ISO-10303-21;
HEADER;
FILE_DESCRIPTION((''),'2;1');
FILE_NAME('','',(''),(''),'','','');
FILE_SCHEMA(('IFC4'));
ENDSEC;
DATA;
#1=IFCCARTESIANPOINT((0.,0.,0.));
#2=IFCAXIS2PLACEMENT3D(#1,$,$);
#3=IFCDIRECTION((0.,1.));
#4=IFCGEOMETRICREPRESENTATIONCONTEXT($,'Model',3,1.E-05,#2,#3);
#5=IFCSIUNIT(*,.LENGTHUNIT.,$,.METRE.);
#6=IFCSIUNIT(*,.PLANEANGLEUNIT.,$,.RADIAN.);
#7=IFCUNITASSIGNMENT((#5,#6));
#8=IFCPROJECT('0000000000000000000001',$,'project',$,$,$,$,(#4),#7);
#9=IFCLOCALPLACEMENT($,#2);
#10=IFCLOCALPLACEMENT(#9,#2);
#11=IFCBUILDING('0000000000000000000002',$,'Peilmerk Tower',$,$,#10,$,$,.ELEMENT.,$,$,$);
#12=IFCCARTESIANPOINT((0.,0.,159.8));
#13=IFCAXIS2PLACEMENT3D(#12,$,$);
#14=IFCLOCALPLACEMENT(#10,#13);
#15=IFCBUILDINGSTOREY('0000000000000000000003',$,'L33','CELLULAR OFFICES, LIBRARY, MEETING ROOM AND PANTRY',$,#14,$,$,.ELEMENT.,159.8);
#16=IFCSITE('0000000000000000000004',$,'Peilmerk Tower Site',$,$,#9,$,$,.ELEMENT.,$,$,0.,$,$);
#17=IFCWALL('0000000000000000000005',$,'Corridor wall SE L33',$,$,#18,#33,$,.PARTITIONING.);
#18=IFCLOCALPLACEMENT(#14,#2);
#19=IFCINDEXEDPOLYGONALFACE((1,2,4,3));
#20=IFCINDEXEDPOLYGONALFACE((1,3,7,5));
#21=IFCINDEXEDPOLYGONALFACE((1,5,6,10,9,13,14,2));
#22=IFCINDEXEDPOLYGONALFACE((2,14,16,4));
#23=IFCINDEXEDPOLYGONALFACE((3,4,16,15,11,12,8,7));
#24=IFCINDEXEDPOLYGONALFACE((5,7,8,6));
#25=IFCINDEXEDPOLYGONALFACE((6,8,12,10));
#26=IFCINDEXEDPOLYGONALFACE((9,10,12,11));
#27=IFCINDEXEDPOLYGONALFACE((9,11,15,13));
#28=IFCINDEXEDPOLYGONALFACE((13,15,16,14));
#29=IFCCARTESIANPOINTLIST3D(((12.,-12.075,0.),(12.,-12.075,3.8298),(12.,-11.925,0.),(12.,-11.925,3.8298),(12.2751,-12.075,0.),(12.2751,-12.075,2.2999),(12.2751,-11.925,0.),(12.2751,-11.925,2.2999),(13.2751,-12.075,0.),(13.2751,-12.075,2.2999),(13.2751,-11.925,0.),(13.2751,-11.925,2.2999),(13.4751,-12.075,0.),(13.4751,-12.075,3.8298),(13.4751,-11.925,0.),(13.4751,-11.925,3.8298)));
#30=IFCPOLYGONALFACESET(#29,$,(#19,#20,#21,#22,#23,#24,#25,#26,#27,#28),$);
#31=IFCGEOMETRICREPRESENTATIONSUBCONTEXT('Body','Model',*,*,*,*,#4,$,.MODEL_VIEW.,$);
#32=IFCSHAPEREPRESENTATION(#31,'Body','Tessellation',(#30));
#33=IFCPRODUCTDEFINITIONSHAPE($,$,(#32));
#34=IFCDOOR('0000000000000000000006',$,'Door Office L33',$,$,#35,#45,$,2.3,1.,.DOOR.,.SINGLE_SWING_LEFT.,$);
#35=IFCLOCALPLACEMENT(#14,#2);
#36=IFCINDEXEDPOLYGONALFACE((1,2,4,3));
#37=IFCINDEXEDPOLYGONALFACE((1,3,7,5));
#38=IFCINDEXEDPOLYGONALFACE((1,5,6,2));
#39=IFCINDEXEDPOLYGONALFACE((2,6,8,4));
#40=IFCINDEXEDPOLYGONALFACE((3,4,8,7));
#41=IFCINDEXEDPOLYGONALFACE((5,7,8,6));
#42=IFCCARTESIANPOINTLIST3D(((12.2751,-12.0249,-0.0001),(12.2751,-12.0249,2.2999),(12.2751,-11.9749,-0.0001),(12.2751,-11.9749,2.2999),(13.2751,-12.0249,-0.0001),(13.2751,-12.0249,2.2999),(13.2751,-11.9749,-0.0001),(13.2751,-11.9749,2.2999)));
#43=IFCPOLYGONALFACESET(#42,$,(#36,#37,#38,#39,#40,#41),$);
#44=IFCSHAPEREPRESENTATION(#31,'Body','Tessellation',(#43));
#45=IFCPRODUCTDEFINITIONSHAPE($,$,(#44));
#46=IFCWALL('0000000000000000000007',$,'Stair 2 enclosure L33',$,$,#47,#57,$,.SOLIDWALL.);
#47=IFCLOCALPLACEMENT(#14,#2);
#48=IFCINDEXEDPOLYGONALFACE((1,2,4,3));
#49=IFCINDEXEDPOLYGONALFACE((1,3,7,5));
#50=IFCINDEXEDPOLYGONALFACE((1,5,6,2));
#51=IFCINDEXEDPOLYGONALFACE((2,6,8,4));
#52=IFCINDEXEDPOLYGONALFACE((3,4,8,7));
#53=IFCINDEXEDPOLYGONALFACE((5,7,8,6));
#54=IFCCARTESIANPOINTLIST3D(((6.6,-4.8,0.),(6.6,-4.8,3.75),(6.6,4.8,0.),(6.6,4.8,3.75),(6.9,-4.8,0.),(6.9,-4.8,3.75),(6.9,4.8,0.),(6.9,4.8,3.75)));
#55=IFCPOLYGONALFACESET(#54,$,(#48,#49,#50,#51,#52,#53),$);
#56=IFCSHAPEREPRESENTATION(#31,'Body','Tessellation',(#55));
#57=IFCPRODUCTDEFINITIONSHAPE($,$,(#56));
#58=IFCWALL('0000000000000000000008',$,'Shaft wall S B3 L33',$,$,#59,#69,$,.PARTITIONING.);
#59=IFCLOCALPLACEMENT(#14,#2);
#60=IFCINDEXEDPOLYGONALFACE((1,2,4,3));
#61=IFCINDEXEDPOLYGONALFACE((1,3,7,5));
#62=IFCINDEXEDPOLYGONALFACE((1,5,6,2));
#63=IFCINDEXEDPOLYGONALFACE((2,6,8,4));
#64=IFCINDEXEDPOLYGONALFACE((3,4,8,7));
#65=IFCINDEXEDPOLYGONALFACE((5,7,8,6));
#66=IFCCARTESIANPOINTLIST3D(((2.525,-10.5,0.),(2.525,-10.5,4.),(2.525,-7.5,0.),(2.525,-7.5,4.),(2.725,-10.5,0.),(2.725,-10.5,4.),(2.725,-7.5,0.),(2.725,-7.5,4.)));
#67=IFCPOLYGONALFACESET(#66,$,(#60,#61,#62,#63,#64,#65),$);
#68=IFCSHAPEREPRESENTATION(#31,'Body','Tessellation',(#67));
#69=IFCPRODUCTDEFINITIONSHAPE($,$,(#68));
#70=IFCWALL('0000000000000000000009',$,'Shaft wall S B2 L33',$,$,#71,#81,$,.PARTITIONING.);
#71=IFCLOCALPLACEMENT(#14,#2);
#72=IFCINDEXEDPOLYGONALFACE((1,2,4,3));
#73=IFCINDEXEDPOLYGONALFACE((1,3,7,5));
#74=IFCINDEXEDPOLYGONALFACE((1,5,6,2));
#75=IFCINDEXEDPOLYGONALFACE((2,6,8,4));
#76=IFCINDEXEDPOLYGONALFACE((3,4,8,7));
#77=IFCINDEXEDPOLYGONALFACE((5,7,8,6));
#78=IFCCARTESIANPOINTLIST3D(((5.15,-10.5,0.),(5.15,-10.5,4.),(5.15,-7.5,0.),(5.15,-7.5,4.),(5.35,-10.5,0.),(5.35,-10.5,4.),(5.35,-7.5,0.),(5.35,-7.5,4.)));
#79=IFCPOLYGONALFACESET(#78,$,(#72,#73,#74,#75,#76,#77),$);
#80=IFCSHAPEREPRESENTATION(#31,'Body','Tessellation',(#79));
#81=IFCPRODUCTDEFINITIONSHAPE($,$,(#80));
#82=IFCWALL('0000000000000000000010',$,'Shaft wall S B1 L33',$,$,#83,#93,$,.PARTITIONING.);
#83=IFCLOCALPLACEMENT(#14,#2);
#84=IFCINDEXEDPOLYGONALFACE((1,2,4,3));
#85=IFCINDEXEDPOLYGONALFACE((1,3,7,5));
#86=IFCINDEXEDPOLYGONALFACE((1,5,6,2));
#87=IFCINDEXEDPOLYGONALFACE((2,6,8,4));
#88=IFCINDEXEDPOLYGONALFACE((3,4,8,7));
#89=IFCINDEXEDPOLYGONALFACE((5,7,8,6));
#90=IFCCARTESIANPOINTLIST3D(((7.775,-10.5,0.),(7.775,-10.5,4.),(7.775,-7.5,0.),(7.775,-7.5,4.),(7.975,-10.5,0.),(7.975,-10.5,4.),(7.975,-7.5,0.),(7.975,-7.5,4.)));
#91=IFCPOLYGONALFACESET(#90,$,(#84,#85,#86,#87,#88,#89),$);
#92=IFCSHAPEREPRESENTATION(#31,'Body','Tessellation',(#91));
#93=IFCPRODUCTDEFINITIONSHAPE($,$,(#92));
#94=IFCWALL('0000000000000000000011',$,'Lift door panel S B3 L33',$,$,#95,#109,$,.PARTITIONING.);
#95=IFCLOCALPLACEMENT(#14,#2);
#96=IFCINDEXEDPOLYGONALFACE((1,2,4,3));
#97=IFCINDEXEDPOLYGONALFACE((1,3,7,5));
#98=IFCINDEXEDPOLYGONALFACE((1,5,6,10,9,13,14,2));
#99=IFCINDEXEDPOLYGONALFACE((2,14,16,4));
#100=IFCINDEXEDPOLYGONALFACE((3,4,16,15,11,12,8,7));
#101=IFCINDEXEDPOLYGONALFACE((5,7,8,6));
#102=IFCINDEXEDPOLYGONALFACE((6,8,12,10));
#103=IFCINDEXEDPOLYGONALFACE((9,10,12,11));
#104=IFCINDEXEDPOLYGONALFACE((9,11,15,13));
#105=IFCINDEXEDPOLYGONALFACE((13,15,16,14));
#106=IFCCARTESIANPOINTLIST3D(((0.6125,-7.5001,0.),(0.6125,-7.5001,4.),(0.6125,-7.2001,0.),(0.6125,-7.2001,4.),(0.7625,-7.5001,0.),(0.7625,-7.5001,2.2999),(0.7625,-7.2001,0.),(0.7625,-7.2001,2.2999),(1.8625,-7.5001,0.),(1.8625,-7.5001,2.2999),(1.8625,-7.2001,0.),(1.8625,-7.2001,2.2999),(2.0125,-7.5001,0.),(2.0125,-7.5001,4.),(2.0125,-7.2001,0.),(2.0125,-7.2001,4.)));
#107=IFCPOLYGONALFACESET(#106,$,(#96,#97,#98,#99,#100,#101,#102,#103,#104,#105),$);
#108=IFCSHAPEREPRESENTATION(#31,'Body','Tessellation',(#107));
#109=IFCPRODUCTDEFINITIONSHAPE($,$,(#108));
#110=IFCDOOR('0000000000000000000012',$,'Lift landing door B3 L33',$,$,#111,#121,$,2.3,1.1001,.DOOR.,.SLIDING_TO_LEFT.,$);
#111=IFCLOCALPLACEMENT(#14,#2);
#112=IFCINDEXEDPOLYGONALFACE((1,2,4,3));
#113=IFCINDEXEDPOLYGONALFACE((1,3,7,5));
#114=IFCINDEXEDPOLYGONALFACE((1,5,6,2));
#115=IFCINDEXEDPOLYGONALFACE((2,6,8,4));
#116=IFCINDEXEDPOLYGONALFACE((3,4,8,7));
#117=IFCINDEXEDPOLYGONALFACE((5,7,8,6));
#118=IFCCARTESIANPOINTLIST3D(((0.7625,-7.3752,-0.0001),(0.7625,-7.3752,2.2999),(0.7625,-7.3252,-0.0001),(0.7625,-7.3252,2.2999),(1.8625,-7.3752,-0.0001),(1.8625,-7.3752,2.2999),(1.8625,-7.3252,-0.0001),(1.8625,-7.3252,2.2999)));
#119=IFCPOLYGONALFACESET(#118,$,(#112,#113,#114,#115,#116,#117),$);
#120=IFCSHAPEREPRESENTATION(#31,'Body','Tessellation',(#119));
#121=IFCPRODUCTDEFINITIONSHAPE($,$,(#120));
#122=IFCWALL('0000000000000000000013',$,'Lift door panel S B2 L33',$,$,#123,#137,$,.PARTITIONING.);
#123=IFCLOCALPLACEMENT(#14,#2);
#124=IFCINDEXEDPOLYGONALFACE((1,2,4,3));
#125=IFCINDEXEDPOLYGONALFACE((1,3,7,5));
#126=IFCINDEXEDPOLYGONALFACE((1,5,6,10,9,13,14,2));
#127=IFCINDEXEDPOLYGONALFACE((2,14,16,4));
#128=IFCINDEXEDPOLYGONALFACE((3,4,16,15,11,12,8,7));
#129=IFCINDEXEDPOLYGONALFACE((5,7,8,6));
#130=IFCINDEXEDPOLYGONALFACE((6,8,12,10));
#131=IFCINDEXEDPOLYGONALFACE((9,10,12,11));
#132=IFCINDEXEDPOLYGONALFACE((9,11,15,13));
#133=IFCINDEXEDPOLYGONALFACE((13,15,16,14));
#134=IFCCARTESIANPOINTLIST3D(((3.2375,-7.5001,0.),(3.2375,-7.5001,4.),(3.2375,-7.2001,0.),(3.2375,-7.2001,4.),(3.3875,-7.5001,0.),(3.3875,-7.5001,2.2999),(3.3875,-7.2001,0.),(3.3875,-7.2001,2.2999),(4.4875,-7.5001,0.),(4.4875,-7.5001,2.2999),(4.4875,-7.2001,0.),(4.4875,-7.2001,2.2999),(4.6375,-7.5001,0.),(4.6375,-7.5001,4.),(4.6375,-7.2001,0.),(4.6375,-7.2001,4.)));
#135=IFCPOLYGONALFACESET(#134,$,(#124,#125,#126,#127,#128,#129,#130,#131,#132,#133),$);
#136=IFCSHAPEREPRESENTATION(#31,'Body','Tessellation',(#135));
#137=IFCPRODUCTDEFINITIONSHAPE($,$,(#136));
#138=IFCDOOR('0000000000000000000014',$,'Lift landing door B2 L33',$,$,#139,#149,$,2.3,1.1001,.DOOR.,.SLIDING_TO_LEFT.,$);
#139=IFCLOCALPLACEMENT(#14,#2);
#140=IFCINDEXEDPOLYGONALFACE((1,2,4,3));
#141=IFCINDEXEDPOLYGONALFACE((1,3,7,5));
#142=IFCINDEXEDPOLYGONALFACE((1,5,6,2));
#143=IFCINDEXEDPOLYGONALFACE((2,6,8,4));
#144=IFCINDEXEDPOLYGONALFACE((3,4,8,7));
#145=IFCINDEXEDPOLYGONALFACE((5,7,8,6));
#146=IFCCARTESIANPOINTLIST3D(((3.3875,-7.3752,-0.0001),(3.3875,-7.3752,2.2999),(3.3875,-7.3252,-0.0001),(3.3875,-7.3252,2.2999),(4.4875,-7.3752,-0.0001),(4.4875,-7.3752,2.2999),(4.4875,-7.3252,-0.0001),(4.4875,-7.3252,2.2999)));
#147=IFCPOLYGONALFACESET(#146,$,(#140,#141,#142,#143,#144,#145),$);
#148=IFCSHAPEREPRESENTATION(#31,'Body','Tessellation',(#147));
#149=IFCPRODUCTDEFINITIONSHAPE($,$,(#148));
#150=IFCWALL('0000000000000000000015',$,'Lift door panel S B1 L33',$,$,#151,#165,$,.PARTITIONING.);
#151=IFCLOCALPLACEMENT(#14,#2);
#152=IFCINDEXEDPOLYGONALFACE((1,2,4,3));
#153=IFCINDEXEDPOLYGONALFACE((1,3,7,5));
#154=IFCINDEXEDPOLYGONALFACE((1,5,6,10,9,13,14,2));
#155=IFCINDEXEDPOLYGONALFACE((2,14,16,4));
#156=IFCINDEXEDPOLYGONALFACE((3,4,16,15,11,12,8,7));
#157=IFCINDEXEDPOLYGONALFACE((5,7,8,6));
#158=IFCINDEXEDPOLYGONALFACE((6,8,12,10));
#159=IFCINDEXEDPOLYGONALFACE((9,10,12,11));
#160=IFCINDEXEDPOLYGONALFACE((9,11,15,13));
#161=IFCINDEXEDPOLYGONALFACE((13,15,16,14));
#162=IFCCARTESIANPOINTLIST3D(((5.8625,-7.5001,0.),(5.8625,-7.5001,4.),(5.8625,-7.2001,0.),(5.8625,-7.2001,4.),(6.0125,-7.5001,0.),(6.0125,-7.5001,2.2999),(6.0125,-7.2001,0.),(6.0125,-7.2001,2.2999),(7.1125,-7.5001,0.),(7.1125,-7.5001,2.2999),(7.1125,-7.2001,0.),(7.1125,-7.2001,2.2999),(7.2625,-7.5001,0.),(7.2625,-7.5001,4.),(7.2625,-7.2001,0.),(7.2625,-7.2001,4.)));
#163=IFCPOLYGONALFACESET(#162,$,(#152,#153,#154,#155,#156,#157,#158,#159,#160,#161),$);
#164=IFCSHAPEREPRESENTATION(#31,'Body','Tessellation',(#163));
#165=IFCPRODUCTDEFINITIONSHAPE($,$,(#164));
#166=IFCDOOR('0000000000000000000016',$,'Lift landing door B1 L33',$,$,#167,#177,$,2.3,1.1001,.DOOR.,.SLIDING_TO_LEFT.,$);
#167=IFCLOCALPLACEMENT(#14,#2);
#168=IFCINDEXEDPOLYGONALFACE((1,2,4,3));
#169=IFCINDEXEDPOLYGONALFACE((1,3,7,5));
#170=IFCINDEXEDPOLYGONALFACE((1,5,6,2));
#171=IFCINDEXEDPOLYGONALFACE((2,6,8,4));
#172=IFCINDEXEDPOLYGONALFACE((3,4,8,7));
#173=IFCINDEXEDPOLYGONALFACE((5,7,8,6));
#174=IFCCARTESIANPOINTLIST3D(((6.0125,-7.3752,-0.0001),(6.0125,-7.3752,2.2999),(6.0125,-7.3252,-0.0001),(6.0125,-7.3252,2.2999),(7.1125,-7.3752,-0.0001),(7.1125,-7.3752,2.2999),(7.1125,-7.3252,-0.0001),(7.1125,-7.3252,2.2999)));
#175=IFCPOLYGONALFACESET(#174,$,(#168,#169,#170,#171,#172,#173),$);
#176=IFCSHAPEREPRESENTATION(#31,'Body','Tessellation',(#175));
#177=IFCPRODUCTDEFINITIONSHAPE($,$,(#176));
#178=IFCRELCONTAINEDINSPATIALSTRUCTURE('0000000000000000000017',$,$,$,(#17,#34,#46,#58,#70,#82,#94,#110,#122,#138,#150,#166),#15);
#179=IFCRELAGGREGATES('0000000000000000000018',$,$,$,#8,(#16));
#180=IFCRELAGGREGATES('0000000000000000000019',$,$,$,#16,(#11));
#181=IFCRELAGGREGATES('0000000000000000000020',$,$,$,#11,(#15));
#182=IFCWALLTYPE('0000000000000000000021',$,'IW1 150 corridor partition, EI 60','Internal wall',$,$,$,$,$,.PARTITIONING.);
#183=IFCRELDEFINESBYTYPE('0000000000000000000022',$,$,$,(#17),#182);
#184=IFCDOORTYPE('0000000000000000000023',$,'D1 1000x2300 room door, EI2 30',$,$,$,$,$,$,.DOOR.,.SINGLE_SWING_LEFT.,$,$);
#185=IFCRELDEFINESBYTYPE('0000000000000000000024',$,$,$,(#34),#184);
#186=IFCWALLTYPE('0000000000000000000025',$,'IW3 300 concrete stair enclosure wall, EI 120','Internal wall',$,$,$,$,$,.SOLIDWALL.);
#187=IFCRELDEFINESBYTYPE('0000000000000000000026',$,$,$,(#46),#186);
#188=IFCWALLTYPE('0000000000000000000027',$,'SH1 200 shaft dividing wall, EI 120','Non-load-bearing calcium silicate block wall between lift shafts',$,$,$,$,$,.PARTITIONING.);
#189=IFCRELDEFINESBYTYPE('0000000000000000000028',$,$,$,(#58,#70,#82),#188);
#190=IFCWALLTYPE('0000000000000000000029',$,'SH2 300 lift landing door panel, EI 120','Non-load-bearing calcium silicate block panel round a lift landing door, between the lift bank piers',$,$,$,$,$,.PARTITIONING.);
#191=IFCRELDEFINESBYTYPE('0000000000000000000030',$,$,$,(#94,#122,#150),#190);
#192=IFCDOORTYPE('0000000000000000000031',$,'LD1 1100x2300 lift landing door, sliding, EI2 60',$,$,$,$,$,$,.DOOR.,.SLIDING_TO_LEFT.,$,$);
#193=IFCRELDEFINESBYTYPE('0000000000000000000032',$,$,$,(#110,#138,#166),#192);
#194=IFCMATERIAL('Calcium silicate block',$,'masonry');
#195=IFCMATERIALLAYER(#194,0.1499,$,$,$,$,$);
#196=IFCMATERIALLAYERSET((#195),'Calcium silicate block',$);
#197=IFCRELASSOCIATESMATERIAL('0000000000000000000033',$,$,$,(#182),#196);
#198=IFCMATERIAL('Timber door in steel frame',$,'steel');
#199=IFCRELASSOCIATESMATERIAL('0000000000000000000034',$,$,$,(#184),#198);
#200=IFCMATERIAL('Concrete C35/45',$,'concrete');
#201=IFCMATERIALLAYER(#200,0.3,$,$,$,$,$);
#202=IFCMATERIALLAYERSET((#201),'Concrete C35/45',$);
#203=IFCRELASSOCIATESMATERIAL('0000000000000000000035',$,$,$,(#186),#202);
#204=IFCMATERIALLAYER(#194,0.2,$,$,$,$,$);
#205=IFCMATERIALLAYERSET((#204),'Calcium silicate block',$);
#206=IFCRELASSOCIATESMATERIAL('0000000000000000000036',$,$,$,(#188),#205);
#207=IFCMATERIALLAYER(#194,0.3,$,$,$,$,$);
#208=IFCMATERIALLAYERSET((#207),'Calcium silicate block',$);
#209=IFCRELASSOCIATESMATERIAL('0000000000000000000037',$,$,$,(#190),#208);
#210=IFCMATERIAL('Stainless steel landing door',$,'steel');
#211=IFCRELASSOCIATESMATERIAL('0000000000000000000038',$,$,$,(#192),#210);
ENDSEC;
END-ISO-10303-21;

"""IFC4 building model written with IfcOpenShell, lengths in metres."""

from ifc_helpers import new_model, si_unit, direction, frame, frame_2d, origin, place, context, subcontext, project, spatial, rectangle, extrude, material, layer, layer_set, type_object, element, fill, save


model = new_model("IFC4")

# Units and contexts
model_context = context("Model", 3, precision=1e-05, world=origin(), true_north=direction((0.0, 1.0)))
body_context = subcontext(model_context, "Body", "Model", "MODEL_VIEW")
ifc_project = project(units=[si_unit("LENGTHUNIT", "METRE"), si_unit("PLANEANGLEUNIT", "RADIAN")], contexts=[model_context])

# Site, building, storey
site_placement = place(None, origin())
site = spatial("IfcSite", under=ifc_project, at=site_placement, Name="Peilmerk Tower Site", CompositionType="ELEMENT", RefElevation=0.0)
building_placement = place(site_placement, origin())
building = spatial("IfcBuilding", under=site, at=building_placement, Name="Peilmerk Tower", CompositionType="ELEMENT")
storey_placement = place(building_placement, frame((0.0, 0.0, 159.8)))
storey = spatial("IfcBuildingStorey", under=building, at=storey_placement, Name="L33", Description="CELLULAR OFFICES, LIBRARY, MEETING ROOM AND PANTRY", CompositionType="ELEMENT", Elevation=159.8)

# Wall, opening, door
ifc_material_1 = material(Name="Calcium silicate block", Category="masonry")
ifc_layer_1 = layer(ifc_material_1, 0.1499)
ifc_layer_set_1 = layer_set([ifc_layer_1], Name="Calcium silicate block")
wall_type_1 = type_object("IfcWallType", Name="IW1 150 corridor partition, EI 60", Description="Internal wall", PredefinedType="PARTITIONING", material=ifc_layer_set_1)
wall_1_placement = place(storey_placement, frame((13.4751, -12.0, 0.0), z_axis=(0.0, 0.0, 1.0), x_axis=(-1.0, 0.0, 0.0)))
wall_1 = element("IfcWall", 1, at=wall_1_placement, inside=storey, type_object=wall_type_1, Name="Corridor wall SE L33", PredefinedType="PARTITIONING", context=body_context, shape_type="SweptSolid", body=[
    extrude(rectangle(XDim=1.4751, YDim=0.1499, at=frame_2d((0.7375, 0.0))), origin(), (0.0, 0.0, 1.0), 3.8298),
])
opening_1_placement = place(wall_1_placement, frame((0.2, 0.0, 0.0)))
opening_1 = element("IfcOpeningElement", 2, at=opening_1_placement, cuts=wall_1, PredefinedType="OPENING", context=body_context, shape_type="SweptSolid", body=[
    extrude(rectangle(XDim=1.0, YDim=2.3, at=frame_2d((0.5, 1.1499))), frame((0.0, 0.085, 0.0), z_axis=(0.0, -1.0, 0.0), x_axis=(1.0, 0.0, 0.0)), (0.0, 0.0, 1.0), 0.1699),
])
ifc_material_2 = material(Name="Timber door in steel frame", Category="steel")
door_type_1 = type_object("IfcDoorType", Name="D1 1000x2300 room door, EI2 30", OperationType="SINGLE_SWING_LEFT", PredefinedType="DOOR", material=ifc_material_2)
door_1_placement = place(opening_1_placement, origin())
door_1 = element("IfcDoor", 3, at=door_1_placement, inside=storey, type_object=door_type_1, Name="Door Office L33", OperationType="SINGLE_SWING_LEFT", OverallHeight=2.3, OverallWidth=1.0, PredefinedType="DOOR", context=body_context, shape_type="SweptSolid", body=[
    extrude(rectangle(XDim=1.0, YDim=2.3, at=frame_2d((0.5, 1.1499))), frame((0.0, 0.0249, 0.0), z_axis=(0.0, -1.0, 0.0), x_axis=(1.0, 0.0, 0.0)), (0.0, 0.0, 1.0), 0.05),
])
fill(opening_1, door_1)

# Walls
ifc_material_3 = material(Name="Concrete C35/45", Category="concrete")
ifc_layer_2 = layer(ifc_material_3, 0.3)
ifc_layer_set_2 = layer_set([ifc_layer_2], Name="Concrete C35/45")
wall_type_2 = type_object("IfcWallType", Name="IW3 300 concrete stair enclosure wall, EI 120", Description="Internal wall", PredefinedType="SOLIDWALL", material=ifc_layer_set_2)
wall_2_placement = place(storey_placement, frame((6.75, -4.8, 0.0), z_axis=(0.0, 0.0, 1.0), x_axis=(0.0, 1.0, 0.0)))
element("IfcWall", 4, at=wall_2_placement, inside=storey, type_object=wall_type_2, Name="Stair 2 enclosure L33", PredefinedType="SOLIDWALL", context=body_context, shape_type="SweptSolid", body=[
    extrude(rectangle(XDim=9.6001, YDim=0.3, at=frame_2d((4.8, 0.0))), origin(), (0.0, 0.0, 1.0), 3.75),
])
ifc_layer_3 = layer(ifc_material_1, 0.2)
ifc_layer_set_3 = layer_set([ifc_layer_3], Name="Calcium silicate block")
wall_type_3 = type_object("IfcWallType", Name="SH1 200 shaft dividing wall, EI 120", Description="Non-load-bearing calcium silicate block wall between lift shafts", PredefinedType="PARTITIONING", material=ifc_layer_set_3)
for number, where, z_axis, x_axis, name in (
    (5, (2.625, -10.5, 0.0), (0.0, 0.0, 1.0), (0.0, 1.0, 0.0), "Shaft wall S B3 L33"),
    (6, (5.25, -10.5, 0.0), (0.0, 0.0, 1.0), (0.0, 1.0, 0.0), "Shaft wall S B2 L33"),
    (7, (7.875, -10.5, 0.0), (0.0, 0.0, 1.0), (0.0, 1.0, 0.0), "Shaft wall S B1 L33"),
):
    element("IfcWall", number, at=place(storey_placement, frame(where, z_axis=z_axis, x_axis=x_axis)), inside=storey, type_object=wall_type_3, Name=name, PredefinedType="PARTITIONING", context=body_context, shape_type="SweptSolid", body=[
        extrude(rectangle(XDim=3.0, YDim=0.2, at=frame_2d((1.5, 0.0))), origin(), (0.0, 0.0, 1.0), 4.0),
    ])

# Walls, openings, doors
ifc_layer_4 = layer(ifc_material_1, 0.3)
ifc_layer_set_4 = layer_set([ifc_layer_4], Name="Calcium silicate block")
wall_type_4 = type_object("IfcWallType", Name="SH2 300 lift landing door panel, EI 120", Description="Non-load-bearing calcium silicate block panel round a lift landing door, between the lift bank piers", PredefinedType="PARTITIONING", material=ifc_layer_set_4)
wall_3_placement = place(storey_placement, frame((0.6125, -7.3501, 0.0), z_axis=(0.0, 0.0, 1.0), x_axis=(1.0, 0.0, 0.0)))
wall_3 = element("IfcWall", 8, at=wall_3_placement, inside=storey, type_object=wall_type_4, Name="Lift door panel S B3 L33", PredefinedType="PARTITIONING", context=body_context, shape_type="SweptSolid", body=[
    extrude(rectangle(XDim=1.3999, YDim=0.3, at=frame_2d((0.7, 0.0))), origin(), (0.0, 0.0, 1.0), 4.0),
])
opening_2_placement = place(wall_3_placement, frame((0.1499, 0.0, 0.0)))
opening_2 = element("IfcOpeningElement", 9, at=opening_2_placement, cuts=wall_3, PredefinedType="OPENING", context=body_context, shape_type="SweptSolid", body=[
    extrude(rectangle(XDim=1.1001, YDim=2.3, at=frame_2d((0.55, 1.1499))), frame((0.0, 0.1599, 0.0), z_axis=(0.0, -1.0, 0.0), x_axis=(1.0, 0.0, 0.0)), (0.0, 0.0, 1.0), 0.3201),
])
ifc_material_4 = material(Name="Stainless steel landing door", Category="steel")
door_type_2 = type_object("IfcDoorType", Name="LD1 1100x2300 lift landing door, sliding, EI2 60", OperationType="SLIDING_TO_LEFT", PredefinedType="DOOR", material=ifc_material_4)
door_2_placement = place(opening_2_placement, origin())
door_2 = element("IfcDoor", 10, at=door_2_placement, inside=storey, type_object=door_type_2, Name="Lift landing door B3 L33", OperationType="SLIDING_TO_LEFT", OverallHeight=2.3, OverallWidth=1.1001, PredefinedType="DOOR", context=body_context, shape_type="SweptSolid", body=[
    extrude(rectangle(XDim=1.1001, YDim=2.3, at=frame_2d((0.55, 1.1499))), frame((0.0, 0.0249, 0.0), z_axis=(0.0, -1.0, 0.0), x_axis=(1.0, 0.0, 0.0)), (0.0, 0.0, 1.0), 0.05),
])
fill(opening_2, door_2)
wall_4_placement = place(storey_placement, frame((3.2375, -7.3501, 0.0), z_axis=(0.0, 0.0, 1.0), x_axis=(1.0, 0.0, 0.0)))
wall_4 = element("IfcWall", 11, at=wall_4_placement, inside=storey, type_object=wall_type_4, Name="Lift door panel S B2 L33", PredefinedType="PARTITIONING", context=body_context, shape_type="SweptSolid", body=[
    extrude(rectangle(XDim=1.3999, YDim=0.3, at=frame_2d((0.7, 0.0))), origin(), (0.0, 0.0, 1.0), 4.0),
])
opening_3_placement = place(wall_4_placement, frame((0.1499, 0.0, 0.0)))
opening_3 = element("IfcOpeningElement", 12, at=opening_3_placement, cuts=wall_4, PredefinedType="OPENING", context=body_context, shape_type="SweptSolid", body=[
    extrude(rectangle(XDim=1.1001, YDim=2.3, at=frame_2d((0.55, 1.1499))), frame((0.0, 0.1599, 0.0), z_axis=(0.0, -1.0, 0.0), x_axis=(1.0, 0.0, 0.0)), (0.0, 0.0, 1.0), 0.3201),
])
door_3_placement = place(opening_3_placement, origin())
door_3 = element("IfcDoor", 13, at=door_3_placement, inside=storey, type_object=door_type_2, Name="Lift landing door B2 L33", OperationType="SLIDING_TO_LEFT", OverallHeight=2.3, OverallWidth=1.1001, PredefinedType="DOOR", context=body_context, shape_type="SweptSolid", body=[
    extrude(rectangle(XDim=1.1001, YDim=2.3, at=frame_2d((0.55, 1.1499))), frame((0.0, 0.0249, 0.0), z_axis=(0.0, -1.0, 0.0), x_axis=(1.0, 0.0, 0.0)), (0.0, 0.0, 1.0), 0.05),
])
fill(opening_3, door_3)
wall_5_placement = place(storey_placement, frame((5.8625, -7.3501, 0.0), z_axis=(0.0, 0.0, 1.0), x_axis=(1.0, 0.0, 0.0)))
wall_5 = element("IfcWall", 14, at=wall_5_placement, inside=storey, type_object=wall_type_4, Name="Lift door panel S B1 L33", PredefinedType="PARTITIONING", context=body_context, shape_type="SweptSolid", body=[
    extrude(rectangle(XDim=1.3999, YDim=0.3, at=frame_2d((0.7, 0.0))), origin(), (0.0, 0.0, 1.0), 4.0),
])
opening_4_placement = place(wall_5_placement, frame((0.1499, 0.0, 0.0)))
opening_4 = element("IfcOpeningElement", 15, at=opening_4_placement, cuts=wall_5, PredefinedType="OPENING", context=body_context, shape_type="SweptSolid", body=[
    extrude(rectangle(XDim=1.1001, YDim=2.3, at=frame_2d((0.55, 1.1499))), frame((0.0, 0.1599, 0.0), z_axis=(0.0, -1.0, 0.0), x_axis=(1.0, 0.0, 0.0)), (0.0, 0.0, 1.0), 0.3201),
])
door_4_placement = place(opening_4_placement, origin())
door_4 = element("IfcDoor", 16, at=door_4_placement, inside=storey, type_object=door_type_2, Name="Lift landing door B1 L33", OperationType="SLIDING_TO_LEFT", OverallHeight=2.3, OverallWidth=1.1001, PredefinedType="DOOR", context=body_context, shape_type="SweptSolid", body=[
    extrude(rectangle(XDim=1.1001, YDim=2.3, at=frame_2d((0.55, 1.1499))), frame((0.0, 0.0249, 0.0), z_axis=(0.0, -1.0, 0.0), x_axis=(1.0, 0.0, 0.0)), (0.0, 0.0, 1.0), 0.05),
])
fill(opening_4, door_4)

save(model, "model.ifc")
